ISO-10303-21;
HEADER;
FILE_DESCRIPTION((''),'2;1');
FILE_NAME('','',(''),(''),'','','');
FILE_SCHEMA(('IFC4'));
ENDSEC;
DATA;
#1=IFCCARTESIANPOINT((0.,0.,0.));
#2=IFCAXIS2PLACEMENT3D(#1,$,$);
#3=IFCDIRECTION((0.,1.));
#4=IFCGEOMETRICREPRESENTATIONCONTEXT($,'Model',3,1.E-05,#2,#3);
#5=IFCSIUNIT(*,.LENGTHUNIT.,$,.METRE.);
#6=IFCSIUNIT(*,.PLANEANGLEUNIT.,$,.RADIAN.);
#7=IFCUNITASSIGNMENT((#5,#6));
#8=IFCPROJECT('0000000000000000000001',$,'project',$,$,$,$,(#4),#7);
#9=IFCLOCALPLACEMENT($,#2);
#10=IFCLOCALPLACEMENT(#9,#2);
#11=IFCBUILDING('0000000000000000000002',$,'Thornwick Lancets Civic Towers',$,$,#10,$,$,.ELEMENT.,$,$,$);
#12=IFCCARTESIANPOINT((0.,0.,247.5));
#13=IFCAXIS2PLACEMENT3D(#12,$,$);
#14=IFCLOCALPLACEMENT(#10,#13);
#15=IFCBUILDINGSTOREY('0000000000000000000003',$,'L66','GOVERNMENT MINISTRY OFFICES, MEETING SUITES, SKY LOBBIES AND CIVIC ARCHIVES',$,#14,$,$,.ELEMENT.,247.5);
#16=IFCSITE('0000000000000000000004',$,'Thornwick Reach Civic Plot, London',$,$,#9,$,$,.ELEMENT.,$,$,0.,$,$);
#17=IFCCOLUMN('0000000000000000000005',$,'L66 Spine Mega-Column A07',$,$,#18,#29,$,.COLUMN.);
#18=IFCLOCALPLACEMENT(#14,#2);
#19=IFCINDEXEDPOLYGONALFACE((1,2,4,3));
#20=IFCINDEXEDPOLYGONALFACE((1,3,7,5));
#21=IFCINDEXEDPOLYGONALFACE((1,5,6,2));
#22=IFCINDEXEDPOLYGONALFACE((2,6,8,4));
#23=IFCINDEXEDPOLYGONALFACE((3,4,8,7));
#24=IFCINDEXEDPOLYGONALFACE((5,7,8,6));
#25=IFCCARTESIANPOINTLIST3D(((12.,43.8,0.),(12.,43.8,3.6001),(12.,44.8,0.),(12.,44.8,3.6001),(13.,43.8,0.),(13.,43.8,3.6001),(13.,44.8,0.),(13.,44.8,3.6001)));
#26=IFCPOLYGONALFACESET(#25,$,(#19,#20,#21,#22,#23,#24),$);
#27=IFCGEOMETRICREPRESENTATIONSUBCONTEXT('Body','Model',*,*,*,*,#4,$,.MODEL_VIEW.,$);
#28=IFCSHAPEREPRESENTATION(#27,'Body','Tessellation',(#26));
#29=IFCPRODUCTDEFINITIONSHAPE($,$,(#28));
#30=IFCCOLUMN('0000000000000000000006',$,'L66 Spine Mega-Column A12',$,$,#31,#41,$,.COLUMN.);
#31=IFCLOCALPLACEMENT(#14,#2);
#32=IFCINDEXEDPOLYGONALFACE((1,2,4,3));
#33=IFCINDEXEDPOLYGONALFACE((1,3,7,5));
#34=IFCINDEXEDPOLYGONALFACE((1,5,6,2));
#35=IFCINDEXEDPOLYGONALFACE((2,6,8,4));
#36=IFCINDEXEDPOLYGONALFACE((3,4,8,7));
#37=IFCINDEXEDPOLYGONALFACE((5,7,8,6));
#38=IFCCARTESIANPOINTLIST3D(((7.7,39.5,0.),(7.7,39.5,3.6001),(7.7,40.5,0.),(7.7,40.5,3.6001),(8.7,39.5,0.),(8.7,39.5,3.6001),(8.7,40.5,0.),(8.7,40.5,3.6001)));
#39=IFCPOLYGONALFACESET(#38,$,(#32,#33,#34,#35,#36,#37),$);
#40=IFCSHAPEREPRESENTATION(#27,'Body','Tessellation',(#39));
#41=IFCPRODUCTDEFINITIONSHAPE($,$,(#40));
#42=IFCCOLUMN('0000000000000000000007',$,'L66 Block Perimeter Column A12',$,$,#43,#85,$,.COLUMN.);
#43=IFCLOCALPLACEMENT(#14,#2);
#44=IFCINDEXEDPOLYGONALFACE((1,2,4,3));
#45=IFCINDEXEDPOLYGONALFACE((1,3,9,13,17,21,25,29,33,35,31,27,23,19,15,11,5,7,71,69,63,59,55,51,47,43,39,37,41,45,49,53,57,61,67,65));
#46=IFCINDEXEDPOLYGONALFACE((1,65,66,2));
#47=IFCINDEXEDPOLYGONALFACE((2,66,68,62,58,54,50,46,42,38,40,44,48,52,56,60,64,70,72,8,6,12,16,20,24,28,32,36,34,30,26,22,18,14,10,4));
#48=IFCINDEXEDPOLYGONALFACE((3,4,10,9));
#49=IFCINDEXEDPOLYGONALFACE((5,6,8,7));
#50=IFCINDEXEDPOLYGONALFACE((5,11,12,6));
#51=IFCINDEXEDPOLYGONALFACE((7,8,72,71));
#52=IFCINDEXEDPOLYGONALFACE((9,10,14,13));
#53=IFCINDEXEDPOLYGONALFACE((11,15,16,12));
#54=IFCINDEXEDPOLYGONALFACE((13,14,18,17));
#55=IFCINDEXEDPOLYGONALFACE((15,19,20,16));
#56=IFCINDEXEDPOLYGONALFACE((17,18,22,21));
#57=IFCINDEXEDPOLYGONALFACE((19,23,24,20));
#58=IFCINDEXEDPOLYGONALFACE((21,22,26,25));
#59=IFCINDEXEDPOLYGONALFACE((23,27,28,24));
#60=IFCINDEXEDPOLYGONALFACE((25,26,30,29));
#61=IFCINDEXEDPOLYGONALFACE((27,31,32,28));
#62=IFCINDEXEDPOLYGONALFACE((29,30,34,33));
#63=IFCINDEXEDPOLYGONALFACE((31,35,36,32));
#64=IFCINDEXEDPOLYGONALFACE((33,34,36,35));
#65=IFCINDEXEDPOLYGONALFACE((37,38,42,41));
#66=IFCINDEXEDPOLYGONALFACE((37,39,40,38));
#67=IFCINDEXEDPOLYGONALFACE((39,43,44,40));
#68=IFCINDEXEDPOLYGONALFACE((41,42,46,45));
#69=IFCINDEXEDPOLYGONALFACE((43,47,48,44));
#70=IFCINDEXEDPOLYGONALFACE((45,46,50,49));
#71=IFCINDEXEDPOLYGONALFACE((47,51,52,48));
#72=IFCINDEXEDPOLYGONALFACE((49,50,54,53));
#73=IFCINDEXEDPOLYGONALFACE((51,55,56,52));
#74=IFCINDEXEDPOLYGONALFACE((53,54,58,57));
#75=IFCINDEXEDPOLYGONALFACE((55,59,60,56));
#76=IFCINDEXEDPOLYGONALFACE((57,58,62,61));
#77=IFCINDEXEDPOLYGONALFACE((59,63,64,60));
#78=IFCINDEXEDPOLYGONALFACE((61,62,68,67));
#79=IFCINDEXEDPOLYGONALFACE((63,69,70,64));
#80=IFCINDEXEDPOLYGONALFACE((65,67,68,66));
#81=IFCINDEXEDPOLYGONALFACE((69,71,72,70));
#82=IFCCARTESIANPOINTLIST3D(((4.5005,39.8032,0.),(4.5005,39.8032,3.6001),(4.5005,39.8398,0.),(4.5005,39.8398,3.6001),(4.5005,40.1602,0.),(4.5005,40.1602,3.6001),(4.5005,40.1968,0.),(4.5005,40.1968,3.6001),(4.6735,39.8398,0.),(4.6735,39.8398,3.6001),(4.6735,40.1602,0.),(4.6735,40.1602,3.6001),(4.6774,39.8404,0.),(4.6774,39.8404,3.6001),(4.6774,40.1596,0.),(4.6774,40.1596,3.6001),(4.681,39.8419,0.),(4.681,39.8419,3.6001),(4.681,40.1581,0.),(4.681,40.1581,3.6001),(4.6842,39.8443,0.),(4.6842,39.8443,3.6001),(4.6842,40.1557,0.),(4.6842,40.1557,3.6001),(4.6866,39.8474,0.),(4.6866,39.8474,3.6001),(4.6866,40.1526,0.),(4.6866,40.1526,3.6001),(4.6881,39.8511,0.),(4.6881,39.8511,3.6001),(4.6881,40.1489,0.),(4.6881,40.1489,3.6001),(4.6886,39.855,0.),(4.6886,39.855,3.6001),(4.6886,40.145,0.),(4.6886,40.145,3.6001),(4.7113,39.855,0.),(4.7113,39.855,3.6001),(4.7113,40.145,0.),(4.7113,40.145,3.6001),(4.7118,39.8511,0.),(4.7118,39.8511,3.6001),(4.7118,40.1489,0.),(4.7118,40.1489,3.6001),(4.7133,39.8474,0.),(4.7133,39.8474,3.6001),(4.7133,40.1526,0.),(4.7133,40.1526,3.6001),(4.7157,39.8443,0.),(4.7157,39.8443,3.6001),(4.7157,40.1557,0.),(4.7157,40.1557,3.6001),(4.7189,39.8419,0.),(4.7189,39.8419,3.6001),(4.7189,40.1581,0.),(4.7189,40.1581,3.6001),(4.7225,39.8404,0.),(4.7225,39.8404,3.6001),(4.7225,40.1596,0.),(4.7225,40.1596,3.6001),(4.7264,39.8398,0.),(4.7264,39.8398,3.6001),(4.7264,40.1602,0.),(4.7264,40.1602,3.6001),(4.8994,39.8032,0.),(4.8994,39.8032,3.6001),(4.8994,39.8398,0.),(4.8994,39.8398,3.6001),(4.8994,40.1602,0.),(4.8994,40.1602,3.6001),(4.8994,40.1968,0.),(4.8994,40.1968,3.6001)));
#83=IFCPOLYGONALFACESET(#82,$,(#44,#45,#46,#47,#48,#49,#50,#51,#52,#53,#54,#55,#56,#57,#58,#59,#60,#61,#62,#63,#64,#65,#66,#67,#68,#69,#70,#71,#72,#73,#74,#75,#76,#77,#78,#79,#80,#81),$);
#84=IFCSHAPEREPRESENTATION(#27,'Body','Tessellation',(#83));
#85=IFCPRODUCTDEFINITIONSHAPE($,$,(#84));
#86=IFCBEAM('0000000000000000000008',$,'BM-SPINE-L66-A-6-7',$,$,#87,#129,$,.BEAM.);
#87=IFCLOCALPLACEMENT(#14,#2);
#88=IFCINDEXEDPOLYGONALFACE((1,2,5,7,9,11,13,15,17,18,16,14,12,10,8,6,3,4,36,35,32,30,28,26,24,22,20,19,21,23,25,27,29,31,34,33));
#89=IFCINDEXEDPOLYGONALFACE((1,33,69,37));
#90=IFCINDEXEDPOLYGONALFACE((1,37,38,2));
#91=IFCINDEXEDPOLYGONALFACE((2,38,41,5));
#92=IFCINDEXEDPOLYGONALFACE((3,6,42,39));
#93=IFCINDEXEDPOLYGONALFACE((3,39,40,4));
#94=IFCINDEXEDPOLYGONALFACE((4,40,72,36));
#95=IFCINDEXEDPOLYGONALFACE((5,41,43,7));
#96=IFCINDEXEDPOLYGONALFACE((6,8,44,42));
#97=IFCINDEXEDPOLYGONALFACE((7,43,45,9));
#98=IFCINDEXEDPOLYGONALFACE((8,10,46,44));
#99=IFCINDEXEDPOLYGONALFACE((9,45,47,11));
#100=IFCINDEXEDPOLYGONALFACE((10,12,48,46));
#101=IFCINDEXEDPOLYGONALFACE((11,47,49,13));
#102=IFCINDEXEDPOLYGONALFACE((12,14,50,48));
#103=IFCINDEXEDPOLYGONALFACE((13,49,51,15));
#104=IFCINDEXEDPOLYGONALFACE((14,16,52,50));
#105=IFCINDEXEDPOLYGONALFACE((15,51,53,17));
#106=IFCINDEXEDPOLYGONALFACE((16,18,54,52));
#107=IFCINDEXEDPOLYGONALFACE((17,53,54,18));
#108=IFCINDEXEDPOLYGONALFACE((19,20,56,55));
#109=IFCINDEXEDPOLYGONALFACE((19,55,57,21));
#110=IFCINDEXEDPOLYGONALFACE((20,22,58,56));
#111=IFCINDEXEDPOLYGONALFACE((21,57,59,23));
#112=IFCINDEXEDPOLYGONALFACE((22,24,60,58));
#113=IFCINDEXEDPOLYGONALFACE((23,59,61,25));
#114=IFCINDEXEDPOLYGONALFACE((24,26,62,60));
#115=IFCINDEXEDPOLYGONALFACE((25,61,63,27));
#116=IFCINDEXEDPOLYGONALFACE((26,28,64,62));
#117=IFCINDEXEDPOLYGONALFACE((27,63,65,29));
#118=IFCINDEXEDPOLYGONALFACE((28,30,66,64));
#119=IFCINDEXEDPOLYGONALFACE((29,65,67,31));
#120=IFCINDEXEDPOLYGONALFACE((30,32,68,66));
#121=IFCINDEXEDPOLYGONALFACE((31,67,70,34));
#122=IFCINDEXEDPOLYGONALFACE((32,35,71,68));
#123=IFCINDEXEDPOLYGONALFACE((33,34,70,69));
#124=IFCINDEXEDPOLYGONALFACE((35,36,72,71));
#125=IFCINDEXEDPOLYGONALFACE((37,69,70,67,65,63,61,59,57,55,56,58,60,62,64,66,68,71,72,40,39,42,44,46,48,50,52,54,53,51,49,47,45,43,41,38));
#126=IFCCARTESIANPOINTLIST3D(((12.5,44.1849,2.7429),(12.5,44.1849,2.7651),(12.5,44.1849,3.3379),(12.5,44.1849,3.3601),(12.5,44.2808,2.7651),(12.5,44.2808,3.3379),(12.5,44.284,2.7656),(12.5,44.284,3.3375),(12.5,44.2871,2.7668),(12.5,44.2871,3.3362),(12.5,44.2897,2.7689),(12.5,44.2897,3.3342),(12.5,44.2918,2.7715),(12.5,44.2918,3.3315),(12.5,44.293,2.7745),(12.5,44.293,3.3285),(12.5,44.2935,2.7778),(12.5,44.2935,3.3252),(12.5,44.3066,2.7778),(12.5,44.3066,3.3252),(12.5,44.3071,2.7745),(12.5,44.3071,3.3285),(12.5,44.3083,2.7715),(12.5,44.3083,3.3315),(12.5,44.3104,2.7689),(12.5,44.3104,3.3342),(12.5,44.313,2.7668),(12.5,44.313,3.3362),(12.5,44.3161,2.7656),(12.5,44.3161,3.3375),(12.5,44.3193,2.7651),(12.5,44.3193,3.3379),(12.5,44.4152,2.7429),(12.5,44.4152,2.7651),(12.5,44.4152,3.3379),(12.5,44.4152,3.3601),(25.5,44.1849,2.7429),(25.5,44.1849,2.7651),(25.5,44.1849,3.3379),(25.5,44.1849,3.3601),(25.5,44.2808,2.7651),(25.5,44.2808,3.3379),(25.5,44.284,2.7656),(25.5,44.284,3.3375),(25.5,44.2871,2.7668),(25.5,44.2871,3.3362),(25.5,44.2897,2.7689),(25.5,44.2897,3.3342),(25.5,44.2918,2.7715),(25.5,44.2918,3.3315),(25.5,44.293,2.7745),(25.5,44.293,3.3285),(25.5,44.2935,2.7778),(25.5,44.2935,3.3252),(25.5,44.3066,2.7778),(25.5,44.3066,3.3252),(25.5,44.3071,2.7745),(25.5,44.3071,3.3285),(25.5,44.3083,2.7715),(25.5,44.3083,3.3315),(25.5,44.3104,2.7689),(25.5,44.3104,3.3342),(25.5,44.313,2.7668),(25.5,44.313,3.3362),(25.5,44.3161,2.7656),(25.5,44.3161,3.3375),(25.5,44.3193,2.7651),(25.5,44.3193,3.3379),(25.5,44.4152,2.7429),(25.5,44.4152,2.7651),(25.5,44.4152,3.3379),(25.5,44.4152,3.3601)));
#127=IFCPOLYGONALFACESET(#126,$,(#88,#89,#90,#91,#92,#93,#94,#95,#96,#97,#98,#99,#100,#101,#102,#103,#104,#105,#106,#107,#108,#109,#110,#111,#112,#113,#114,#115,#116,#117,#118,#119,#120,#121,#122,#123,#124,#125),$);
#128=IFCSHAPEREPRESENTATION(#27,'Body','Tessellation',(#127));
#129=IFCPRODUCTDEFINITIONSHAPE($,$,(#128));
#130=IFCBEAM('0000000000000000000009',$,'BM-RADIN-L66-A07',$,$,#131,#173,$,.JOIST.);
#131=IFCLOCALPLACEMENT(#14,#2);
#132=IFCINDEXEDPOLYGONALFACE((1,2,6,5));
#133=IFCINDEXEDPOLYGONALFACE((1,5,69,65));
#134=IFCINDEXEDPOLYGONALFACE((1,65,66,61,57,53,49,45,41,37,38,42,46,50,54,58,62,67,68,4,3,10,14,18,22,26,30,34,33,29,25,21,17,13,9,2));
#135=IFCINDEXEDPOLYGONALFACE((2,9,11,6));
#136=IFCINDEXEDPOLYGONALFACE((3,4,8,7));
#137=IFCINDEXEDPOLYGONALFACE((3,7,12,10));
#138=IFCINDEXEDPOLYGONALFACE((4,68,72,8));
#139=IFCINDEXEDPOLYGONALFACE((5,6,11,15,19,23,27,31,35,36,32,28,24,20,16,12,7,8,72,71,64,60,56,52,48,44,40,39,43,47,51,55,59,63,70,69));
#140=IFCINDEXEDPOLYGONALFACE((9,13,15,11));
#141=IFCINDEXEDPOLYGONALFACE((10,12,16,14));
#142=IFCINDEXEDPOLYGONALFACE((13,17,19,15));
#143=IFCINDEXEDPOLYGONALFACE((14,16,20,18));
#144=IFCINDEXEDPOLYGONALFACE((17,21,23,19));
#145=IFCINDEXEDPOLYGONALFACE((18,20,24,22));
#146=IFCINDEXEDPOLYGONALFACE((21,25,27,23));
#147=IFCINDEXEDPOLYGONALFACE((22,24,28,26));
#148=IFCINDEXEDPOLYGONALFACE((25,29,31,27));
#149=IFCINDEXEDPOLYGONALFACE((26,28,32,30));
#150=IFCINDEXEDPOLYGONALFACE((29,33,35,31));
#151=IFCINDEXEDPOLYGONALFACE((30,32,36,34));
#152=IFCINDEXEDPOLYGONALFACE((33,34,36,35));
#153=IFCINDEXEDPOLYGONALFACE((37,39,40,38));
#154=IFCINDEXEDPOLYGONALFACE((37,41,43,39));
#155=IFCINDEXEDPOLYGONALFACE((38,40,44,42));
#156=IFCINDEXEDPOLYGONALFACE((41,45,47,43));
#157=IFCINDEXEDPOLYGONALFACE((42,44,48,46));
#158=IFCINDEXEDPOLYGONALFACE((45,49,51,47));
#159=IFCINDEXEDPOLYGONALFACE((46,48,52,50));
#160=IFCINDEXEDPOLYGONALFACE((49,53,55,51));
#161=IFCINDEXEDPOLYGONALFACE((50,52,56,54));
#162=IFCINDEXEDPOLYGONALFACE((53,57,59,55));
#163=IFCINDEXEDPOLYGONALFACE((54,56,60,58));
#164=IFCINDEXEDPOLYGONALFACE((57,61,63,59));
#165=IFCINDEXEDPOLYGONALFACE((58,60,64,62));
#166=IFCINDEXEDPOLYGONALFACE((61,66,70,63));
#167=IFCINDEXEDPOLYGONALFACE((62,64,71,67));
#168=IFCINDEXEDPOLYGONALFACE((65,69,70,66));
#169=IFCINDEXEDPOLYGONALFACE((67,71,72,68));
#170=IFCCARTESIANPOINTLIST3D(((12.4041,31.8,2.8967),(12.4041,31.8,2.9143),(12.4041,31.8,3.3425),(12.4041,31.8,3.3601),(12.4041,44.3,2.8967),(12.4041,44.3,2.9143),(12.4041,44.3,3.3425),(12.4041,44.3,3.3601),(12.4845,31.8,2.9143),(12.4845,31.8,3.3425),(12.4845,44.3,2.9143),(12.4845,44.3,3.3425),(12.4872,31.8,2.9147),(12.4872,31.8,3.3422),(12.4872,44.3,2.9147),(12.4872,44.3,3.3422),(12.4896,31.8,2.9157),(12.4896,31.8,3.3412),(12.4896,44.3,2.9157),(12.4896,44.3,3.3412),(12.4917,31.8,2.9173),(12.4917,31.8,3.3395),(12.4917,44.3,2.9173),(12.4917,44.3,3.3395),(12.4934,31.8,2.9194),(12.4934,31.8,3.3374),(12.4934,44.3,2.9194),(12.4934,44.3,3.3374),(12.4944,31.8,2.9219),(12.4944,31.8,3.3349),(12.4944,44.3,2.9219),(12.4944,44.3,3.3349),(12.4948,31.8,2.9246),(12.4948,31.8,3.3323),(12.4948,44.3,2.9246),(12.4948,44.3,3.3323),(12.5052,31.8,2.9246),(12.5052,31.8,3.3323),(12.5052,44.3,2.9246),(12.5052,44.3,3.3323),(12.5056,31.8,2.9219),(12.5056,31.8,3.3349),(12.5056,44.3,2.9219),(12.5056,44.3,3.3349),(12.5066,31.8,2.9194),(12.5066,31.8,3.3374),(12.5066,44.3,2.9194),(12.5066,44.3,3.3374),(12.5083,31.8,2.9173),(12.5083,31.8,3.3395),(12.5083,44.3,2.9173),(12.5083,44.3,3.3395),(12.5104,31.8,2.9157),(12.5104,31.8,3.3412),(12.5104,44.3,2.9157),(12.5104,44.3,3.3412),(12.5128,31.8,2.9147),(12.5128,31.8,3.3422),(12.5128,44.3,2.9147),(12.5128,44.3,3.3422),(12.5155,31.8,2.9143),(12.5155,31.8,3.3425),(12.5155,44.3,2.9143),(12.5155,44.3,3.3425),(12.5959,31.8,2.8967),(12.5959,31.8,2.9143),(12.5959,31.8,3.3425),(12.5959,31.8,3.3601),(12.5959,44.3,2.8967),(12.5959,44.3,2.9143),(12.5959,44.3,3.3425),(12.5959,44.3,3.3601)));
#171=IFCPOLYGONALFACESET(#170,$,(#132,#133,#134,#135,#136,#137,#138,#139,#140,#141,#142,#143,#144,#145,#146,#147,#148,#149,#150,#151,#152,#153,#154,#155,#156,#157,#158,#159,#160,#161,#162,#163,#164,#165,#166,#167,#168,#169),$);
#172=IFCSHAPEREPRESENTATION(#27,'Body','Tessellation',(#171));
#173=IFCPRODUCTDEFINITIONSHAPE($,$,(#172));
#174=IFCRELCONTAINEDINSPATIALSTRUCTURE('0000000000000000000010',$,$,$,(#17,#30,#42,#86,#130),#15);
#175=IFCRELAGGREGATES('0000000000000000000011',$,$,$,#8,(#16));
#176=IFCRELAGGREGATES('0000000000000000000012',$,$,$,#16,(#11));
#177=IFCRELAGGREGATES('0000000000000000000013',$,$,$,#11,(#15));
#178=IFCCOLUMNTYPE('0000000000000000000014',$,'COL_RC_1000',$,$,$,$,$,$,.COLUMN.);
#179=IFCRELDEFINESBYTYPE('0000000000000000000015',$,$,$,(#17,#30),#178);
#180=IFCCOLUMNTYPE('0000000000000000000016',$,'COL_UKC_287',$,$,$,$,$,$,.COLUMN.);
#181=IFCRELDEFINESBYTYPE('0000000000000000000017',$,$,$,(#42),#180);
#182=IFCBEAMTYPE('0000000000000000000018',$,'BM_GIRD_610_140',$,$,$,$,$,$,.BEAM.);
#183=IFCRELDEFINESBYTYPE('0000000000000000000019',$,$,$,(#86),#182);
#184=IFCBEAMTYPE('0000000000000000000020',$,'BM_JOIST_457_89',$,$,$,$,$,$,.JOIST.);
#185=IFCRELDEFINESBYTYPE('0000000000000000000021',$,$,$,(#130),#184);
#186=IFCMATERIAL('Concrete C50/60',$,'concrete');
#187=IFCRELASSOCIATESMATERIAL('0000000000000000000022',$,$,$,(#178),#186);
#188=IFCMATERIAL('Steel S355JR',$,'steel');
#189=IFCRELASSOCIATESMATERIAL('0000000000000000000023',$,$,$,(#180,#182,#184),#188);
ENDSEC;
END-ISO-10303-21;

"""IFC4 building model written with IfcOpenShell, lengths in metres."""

from ifc_helpers import new_model, si_unit, direction, frame, origin, origin_2d, place, context, subcontext, project, spatial, rectangle, i_section, extrude, material, material_profile, profile_set, type_object, element, save


model = new_model("IFC4")

# Units and contexts
model_context = context("Model", 3, precision=1e-05, world=origin(), true_north=direction((0.0, 1.0)))
body_context = subcontext(model_context, "Body", "Model", "MODEL_VIEW")
ifc_project = project(units=[si_unit("LENGTHUNIT", "METRE"), si_unit("PLANEANGLEUNIT", "RADIAN")], contexts=[model_context])

# Site, building, storey
site_placement = place(None, origin())
site = spatial("IfcSite", under=ifc_project, at=site_placement, Name="Thornwick Reach Civic Plot, London", CompositionType="ELEMENT", RefElevation=0.0)
building_placement = place(site_placement, origin())
building = spatial("IfcBuilding", under=site, at=building_placement, Name="Thornwick Lancets Civic Towers", CompositionType="ELEMENT")
storey_placement = place(building_placement, frame((0.0, 0.0, 247.5)))
storey = spatial("IfcBuildingStorey", under=building, at=storey_placement, Name="L66", Description="GOVERNMENT MINISTRY OFFICES, MEETING SUITES, SKY LOBBIES AND CIVIC ARCHIVES", CompositionType="ELEMENT", Elevation=247.5)

# Columns
ifc_material_1 = material(Name="Concrete C50/60", Category="concrete")
ifc_material_profile_1 = material_profile(ifc_material_1, rectangle(XDim=1.0, YDim=1.0, at=origin_2d()), Name="RC 1000x1000")
ifc_profile_set_1 = profile_set([ifc_material_profile_1], Name="Concrete C50/60")
column_type_1 = type_object("IfcColumnType", Name="COL_RC_1000", PredefinedType="COLUMN", material=ifc_profile_set_1)
for number, where, z_axis, x_axis, name in (
    (1, (12.5, 44.3, 0.0), (0.0, 0.0, 1.0), (1.0, 0.0, 0.0), "L66 Spine Mega-Column A07"),
    (2, (8.2, 40.0, 0.0), (0.0, 0.0, 1.0), (1.0, 0.0, 0.0), "L66 Spine Mega-Column A12"),
):
    element("IfcColumn", number, at=place(storey_placement, frame(where, z_axis=z_axis, x_axis=x_axis)), inside=storey, type_object=column_type_1, Name=name, PredefinedType="COLUMN", context=body_context, shape_type="SweptSolid", body=[
        extrude(rectangle(XDim=1.0, YDim=1.0, at=origin_2d()), origin(), (0.0, 0.0, 1.0), 3.6001),
    ])
ifc_material_2 = material(Name="Steel S355JR", Category="steel")
ifc_material_profile_2 = material_profile(ifc_material_2, i_section(OverallWidth=0.3989, OverallDepth=0.3936, WebThickness=0.0227, FlangeThickness=0.0366, FilletRadius=0.0151, at=origin_2d()), Name="UKC 356x406x287")
ifc_profile_set_2 = profile_set([ifc_material_profile_2], Name="Steel S355JR")
column_type_2 = type_object("IfcColumnType", Name="COL_UKC_287", PredefinedType="COLUMN", material=ifc_profile_set_2)
column_placement = place(storey_placement, frame((4.7, 40.0, 0.0), z_axis=(0.0, 0.0, 1.0), x_axis=(1.0, 0.0, 0.0)))
element("IfcColumn", 3, at=column_placement, inside=storey, type_object=column_type_2, Name="L66 Block Perimeter Column A12", PredefinedType="COLUMN", context=body_context, shape_type="SweptSolid", body=[
    extrude(i_section(OverallWidth=0.3989, OverallDepth=0.3936, WebThickness=0.0227, FlangeThickness=0.0366, FilletRadius=0.0151, at=origin_2d()), origin(), (0.0, 0.0, 1.0), 3.6001),
])

# Beams
ifc_material_profile_3 = material_profile(ifc_material_2, i_section(OverallWidth=0.2302, OverallDepth=0.6172, WebThickness=0.0132, FlangeThickness=0.0222, FilletRadius=0.0127, at=origin_2d()), Name="UKB 610x229x140")
ifc_profile_set_3 = profile_set([ifc_material_profile_3], Name="Steel S355JR")
beam_type_1 = type_object("IfcBeamType", Name="BM_GIRD_610_140", PredefinedType="BEAM", material=ifc_profile_set_3)
beam_1_placement = place(storey_placement, frame((12.5, 44.3, 3.0515), z_axis=(1.0, 0.0, 0.0), x_axis=(0.0, 1.0, 0.0)))
element("IfcBeam", 4, at=beam_1_placement, inside=storey, type_object=beam_type_1, Name="BM-SPINE-L66-A-6-7", PredefinedType="BEAM", context=body_context, shape_type="SweptSolid", body=[
    extrude(i_section(OverallWidth=0.2302, OverallDepth=0.6172, WebThickness=0.0132, FlangeThickness=0.0222, FilletRadius=0.0127, at=origin_2d()), origin(), (0.0, 0.0, 1.0), 13.0),
])
ifc_material_profile_4 = material_profile(ifc_material_2, i_section(OverallWidth=0.1919, OverallDepth=0.4634, WebThickness=0.0105, FlangeThickness=0.0176, FilletRadius=0.0103, at=origin_2d()), Name="UKB 457x191x89")
ifc_profile_set_4 = profile_set([ifc_material_profile_4], Name="Steel S355JR")
beam_type_2 = type_object("IfcBeamType", Name="BM_JOIST_457_89", PredefinedType="JOIST", material=ifc_profile_set_4)
beam_2_placement = place(storey_placement, frame((12.5, 31.8, 3.1284), z_axis=(0.0, 1.0, 0.0), x_axis=(-1.0, 0.0, 0.0)))
element("IfcBeam", 5, at=beam_2_placement, inside=storey, type_object=beam_type_2, Name="BM-RADIN-L66-A07", PredefinedType="JOIST", context=body_context, shape_type="SweptSolid", body=[
    extrude(i_section(OverallWidth=0.1919, OverallDepth=0.4634, WebThickness=0.0105, FlangeThickness=0.0176, FilletRadius=0.0103, at=origin_2d()), origin(), (0.0, 0.0, 1.0), 12.5),
])

save(model, "model.ifc")
